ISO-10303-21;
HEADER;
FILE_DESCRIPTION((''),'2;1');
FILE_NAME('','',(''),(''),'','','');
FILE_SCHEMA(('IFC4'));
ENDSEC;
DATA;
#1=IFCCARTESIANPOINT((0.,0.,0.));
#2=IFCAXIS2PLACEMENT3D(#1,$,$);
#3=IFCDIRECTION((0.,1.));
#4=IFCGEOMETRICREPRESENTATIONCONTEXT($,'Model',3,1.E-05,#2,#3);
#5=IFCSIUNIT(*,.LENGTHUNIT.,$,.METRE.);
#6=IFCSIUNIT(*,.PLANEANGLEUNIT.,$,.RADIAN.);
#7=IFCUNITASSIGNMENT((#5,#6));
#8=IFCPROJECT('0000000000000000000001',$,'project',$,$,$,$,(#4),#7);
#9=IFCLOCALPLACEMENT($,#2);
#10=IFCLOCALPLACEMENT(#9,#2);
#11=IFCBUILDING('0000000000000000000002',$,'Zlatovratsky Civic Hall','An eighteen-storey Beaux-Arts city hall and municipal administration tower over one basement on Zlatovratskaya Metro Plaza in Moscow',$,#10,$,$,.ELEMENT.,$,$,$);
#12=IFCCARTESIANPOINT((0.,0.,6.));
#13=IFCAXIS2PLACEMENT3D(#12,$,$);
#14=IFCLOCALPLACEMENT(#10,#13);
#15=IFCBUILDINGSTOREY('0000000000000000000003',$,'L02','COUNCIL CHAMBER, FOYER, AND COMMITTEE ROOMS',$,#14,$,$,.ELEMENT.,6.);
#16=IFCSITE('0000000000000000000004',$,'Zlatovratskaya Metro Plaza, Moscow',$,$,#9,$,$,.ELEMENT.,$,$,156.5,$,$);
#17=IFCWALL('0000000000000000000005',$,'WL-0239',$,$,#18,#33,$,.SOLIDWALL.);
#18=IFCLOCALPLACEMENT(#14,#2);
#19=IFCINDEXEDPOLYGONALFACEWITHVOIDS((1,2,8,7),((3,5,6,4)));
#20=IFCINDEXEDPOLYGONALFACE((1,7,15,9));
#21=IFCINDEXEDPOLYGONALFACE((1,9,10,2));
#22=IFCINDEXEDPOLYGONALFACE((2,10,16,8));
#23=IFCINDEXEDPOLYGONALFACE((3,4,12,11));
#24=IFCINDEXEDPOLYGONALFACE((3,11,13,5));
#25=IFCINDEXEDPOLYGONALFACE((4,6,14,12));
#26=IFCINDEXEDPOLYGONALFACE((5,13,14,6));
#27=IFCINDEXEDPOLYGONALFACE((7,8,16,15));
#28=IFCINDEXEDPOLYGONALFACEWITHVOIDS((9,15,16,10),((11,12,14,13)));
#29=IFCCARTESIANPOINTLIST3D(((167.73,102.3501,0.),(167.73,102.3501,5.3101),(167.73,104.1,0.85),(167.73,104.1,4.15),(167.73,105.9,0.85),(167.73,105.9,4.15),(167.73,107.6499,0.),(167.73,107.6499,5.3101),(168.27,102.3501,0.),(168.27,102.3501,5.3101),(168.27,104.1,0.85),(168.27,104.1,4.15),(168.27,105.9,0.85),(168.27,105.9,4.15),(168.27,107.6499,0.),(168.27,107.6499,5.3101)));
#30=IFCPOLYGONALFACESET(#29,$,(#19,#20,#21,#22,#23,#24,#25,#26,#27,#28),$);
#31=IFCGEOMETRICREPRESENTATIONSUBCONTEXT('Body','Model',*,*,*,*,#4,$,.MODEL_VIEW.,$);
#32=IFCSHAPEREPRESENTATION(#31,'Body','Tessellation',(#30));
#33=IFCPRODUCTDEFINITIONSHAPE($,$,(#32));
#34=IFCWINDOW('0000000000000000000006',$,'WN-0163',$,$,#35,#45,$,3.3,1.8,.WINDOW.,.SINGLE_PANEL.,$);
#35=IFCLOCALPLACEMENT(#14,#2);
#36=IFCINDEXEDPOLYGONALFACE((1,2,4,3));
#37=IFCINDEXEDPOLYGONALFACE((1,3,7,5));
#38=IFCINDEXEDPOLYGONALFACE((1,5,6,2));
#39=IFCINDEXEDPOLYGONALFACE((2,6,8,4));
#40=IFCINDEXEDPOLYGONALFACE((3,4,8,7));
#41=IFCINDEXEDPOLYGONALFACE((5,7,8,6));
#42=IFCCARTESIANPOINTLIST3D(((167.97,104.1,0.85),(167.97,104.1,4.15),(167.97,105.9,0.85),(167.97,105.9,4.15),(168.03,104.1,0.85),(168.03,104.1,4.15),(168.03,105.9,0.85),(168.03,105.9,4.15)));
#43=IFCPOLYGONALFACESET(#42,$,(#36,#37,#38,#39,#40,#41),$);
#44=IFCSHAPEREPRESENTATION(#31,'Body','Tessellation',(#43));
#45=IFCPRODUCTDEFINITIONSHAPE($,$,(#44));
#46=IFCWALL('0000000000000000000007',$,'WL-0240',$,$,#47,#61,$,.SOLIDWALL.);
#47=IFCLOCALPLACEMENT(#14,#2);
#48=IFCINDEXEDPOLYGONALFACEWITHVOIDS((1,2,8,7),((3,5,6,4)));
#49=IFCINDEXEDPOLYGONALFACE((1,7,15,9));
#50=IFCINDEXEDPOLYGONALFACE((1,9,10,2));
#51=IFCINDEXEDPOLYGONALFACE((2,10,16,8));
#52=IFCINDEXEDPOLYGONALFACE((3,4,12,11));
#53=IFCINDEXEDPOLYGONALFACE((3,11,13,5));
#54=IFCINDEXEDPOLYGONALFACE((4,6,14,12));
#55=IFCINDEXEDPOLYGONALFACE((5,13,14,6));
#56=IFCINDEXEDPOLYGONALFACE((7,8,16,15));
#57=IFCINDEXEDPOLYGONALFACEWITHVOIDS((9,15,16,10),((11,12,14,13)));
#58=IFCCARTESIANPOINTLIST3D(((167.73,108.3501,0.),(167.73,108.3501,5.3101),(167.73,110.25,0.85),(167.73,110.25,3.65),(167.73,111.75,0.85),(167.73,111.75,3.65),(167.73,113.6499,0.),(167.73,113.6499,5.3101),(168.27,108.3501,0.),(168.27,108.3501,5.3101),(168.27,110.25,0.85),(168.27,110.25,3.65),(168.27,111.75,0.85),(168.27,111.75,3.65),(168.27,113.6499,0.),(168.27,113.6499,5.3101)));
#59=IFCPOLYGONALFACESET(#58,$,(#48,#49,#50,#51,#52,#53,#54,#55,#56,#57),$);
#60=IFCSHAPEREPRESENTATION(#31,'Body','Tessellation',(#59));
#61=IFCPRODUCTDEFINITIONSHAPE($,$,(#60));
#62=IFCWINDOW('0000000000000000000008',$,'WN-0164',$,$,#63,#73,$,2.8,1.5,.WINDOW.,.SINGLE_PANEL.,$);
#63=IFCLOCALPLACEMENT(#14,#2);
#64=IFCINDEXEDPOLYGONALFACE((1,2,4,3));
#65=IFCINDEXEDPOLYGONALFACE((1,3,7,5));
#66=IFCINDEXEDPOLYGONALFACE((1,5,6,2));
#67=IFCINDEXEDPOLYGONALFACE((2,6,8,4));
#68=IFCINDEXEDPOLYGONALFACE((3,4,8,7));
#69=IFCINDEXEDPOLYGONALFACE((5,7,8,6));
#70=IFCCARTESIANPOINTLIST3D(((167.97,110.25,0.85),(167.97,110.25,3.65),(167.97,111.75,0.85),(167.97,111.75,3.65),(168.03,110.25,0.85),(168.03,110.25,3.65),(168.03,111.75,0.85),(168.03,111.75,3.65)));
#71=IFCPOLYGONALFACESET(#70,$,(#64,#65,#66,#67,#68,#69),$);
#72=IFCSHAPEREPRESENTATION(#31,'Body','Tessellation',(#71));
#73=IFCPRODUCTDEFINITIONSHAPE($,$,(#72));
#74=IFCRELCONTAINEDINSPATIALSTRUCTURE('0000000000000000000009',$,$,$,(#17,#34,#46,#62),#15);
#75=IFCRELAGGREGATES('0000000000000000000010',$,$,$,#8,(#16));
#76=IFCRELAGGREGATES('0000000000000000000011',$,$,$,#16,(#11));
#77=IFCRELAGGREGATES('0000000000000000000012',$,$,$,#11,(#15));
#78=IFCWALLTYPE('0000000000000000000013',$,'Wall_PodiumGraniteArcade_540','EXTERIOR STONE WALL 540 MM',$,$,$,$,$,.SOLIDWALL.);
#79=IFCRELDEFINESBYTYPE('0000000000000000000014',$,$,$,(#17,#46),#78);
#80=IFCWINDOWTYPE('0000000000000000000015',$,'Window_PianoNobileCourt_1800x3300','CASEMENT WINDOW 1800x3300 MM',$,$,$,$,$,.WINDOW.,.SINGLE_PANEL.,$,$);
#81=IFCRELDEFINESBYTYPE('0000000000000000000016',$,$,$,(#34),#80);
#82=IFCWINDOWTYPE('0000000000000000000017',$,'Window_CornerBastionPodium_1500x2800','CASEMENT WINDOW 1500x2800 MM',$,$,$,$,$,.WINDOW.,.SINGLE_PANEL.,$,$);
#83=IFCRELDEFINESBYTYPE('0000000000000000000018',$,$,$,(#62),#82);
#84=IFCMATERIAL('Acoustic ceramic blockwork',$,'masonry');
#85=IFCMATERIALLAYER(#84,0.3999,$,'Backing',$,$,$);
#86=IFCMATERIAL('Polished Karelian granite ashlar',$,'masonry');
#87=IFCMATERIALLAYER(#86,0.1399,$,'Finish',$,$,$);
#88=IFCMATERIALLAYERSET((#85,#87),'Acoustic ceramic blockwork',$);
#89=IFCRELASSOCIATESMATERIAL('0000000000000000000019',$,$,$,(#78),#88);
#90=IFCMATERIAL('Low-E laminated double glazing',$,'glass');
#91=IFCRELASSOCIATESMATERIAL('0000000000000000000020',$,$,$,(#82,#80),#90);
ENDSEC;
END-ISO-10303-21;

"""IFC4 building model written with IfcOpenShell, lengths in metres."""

from ifc_helpers import new_model, si_unit, direction, frame, frame_2d, origin, place, context, subcontext, project, spatial, rectangle, extrude, material, layer, layer_set, type_object, element, fill, save


model = new_model("IFC4")

# Units and contexts
model_context = context("Model", 3, precision=1e-05, world=origin(), true_north=direction((0.0, 1.0)))
body_context = subcontext(model_context, "Body", "Model", "MODEL_VIEW")
ifc_project = project(units=[si_unit("LENGTHUNIT", "METRE"), si_unit("PLANEANGLEUNIT", "RADIAN")], contexts=[model_context])

# Site, building, storey
site_placement = place(None, origin())
site = spatial("IfcSite", under=ifc_project, at=site_placement, Name="Zlatovratskaya Metro Plaza, Moscow", CompositionType="ELEMENT", RefElevation=156.5)
building_placement = place(site_placement, origin())
building = spatial("IfcBuilding", under=site, at=building_placement, Name="Zlatovratsky Civic Hall", Description="An eighteen-storey Beaux-Arts city hall and municipal administration tower over one basement on Zlatovratskaya Metro Plaza in Moscow", CompositionType="ELEMENT")
storey_placement = place(building_placement, frame((0.0, 0.0, 6.0)))
storey = spatial("IfcBuildingStorey", under=building, at=storey_placement, Name="L02", Description="COUNCIL CHAMBER, FOYER, AND COMMITTEE ROOMS", CompositionType="ELEMENT", Elevation=6.0)

# Shared definitions
ifc_material_1 = material(Name="Acoustic ceramic blockwork", Category="masonry")
ifc_layer_1 = layer(ifc_material_1, 0.3999, Name="Backing")
ifc_material_2 = material(Name="Polished Karelian granite ashlar", Category="masonry")
ifc_layer_2 = layer(ifc_material_2, 0.1399, Name="Finish")
ifc_layer_set = layer_set([ifc_layer_1, ifc_layer_2], Name="Acoustic ceramic blockwork")
wall_type = type_object("IfcWallType", Name="Wall_PodiumGraniteArcade_540", Description="EXTERIOR STONE WALL 540 MM", PredefinedType="SOLIDWALL", material=ifc_layer_set)

# Shared definitions
ifc_material_3 = material(Name="Low-E laminated double glazing", Category="glass")
window_type_1 = type_object("IfcWindowType", Name="Window_CornerBastionPodium_1500x2800", Description="CASEMENT WINDOW 1500x2800 MM", PartitioningType="SINGLE_PANEL", PredefinedType="WINDOW", material=ifc_material_3)

# Walls, openings, windows
wall_1_placement = place(storey_placement, frame((168.0, 102.3501, 0.0), z_axis=(0.0, 0.0, 1.0), x_axis=(0.0, 1.0, 0.0)))
wall_1 = element("IfcWall", 1, at=wall_1_placement, inside=storey, type_object=wall_type, Name="WL-0239", PredefinedType="SOLIDWALL", context=body_context, shape_type="SweptSolid", body=[
    extrude(rectangle(XDim=5.2998, YDim=0.54, at=frame_2d((2.6499, 0.0))), origin(), (0.0, 0.0, 1.0), 5.3101),
])
opening_1_placement = place(wall_1_placement, frame((1.75, 0.0, 0.8501)))
opening_1 = element("IfcOpeningElement", 2, at=opening_1_placement, cuts=wall_1, PredefinedType="OPENING", context=body_context, shape_type="SweptSolid", body=[
    extrude(rectangle(XDim=1.8, YDim=3.3, at=frame_2d((0.8999, 1.6499))), frame((0.0, 0.2849, 0.0), z_axis=(0.0, -1.0, 0.0), x_axis=(1.0, 0.0, 0.0)), (0.0, 0.0, 1.0), 0.5698),
])
window_type_2 = type_object("IfcWindowType", Name="Window_PianoNobileCourt_1800x3300", Description="CASEMENT WINDOW 1800x3300 MM", PartitioningType="SINGLE_PANEL", PredefinedType="WINDOW", material=ifc_material_3)
window_1_placement = place(opening_1_placement, origin())
window_1 = element("IfcWindow", 3, at=window_1_placement, inside=storey, type_object=window_type_2, Name="WN-0163", OverallHeight=3.3, OverallWidth=1.8, PartitioningType="SINGLE_PANEL", PredefinedType="WINDOW", context=body_context, shape_type="SweptSolid", body=[
    extrude(rectangle(XDim=1.8, YDim=3.3, at=frame_2d((0.8999, 1.6499))), frame((0.0, 0.03, 0.0), z_axis=(0.0, -1.0, 0.0), x_axis=(1.0, 0.0, 0.0)), (0.0, 0.0, 1.0), 0.0601),
])
fill(opening_1, window_1)
wall_2_placement = place(storey_placement, frame((168.0, 108.3501, 0.0), z_axis=(0.0, 0.0, 1.0), x_axis=(0.0, 1.0, 0.0)))
wall_2 = element("IfcWall", 4, at=wall_2_placement, inside=storey, type_object=wall_type, Name="WL-0240", PredefinedType="SOLIDWALL", context=body_context, shape_type="SweptSolid", body=[
    extrude(rectangle(XDim=5.2998, YDim=0.54, at=frame_2d((2.6499, 0.0))), origin(), (0.0, 0.0, 1.0), 5.3101),
])
opening_2_placement = place(wall_2_placement, frame((1.8999, 0.0, 0.8501)))
opening_2 = element("IfcOpeningElement", 5, at=opening_2_placement, cuts=wall_2, PredefinedType="OPENING", context=body_context, shape_type="SweptSolid", body=[
    extrude(rectangle(XDim=1.5, YDim=2.8, at=frame_2d((0.75, 1.3999))), frame((0.0, 0.2849, 0.0), z_axis=(0.0, -1.0, 0.0), x_axis=(1.0, 0.0, 0.0)), (0.0, 0.0, 1.0), 0.5698),
])
window_2_placement = place(opening_2_placement, origin())
window_2 = element("IfcWindow", 6, at=window_2_placement, inside=storey, type_object=window_type_1, Name="WN-0164", OverallHeight=2.8, OverallWidth=1.5, PartitioningType="SINGLE_PANEL", PredefinedType="WINDOW", context=body_context, shape_type="SweptSolid", body=[
    extrude(rectangle(XDim=1.5, YDim=2.8, at=frame_2d((0.75, 1.3999))), frame((0.0, 0.03, 0.0), z_axis=(0.0, -1.0, 0.0), x_axis=(1.0, 0.0, 0.0)), (0.0, 0.0, 1.0), 0.0601),
])
fill(opening_2, window_2)

save(model, "model.ifc")
